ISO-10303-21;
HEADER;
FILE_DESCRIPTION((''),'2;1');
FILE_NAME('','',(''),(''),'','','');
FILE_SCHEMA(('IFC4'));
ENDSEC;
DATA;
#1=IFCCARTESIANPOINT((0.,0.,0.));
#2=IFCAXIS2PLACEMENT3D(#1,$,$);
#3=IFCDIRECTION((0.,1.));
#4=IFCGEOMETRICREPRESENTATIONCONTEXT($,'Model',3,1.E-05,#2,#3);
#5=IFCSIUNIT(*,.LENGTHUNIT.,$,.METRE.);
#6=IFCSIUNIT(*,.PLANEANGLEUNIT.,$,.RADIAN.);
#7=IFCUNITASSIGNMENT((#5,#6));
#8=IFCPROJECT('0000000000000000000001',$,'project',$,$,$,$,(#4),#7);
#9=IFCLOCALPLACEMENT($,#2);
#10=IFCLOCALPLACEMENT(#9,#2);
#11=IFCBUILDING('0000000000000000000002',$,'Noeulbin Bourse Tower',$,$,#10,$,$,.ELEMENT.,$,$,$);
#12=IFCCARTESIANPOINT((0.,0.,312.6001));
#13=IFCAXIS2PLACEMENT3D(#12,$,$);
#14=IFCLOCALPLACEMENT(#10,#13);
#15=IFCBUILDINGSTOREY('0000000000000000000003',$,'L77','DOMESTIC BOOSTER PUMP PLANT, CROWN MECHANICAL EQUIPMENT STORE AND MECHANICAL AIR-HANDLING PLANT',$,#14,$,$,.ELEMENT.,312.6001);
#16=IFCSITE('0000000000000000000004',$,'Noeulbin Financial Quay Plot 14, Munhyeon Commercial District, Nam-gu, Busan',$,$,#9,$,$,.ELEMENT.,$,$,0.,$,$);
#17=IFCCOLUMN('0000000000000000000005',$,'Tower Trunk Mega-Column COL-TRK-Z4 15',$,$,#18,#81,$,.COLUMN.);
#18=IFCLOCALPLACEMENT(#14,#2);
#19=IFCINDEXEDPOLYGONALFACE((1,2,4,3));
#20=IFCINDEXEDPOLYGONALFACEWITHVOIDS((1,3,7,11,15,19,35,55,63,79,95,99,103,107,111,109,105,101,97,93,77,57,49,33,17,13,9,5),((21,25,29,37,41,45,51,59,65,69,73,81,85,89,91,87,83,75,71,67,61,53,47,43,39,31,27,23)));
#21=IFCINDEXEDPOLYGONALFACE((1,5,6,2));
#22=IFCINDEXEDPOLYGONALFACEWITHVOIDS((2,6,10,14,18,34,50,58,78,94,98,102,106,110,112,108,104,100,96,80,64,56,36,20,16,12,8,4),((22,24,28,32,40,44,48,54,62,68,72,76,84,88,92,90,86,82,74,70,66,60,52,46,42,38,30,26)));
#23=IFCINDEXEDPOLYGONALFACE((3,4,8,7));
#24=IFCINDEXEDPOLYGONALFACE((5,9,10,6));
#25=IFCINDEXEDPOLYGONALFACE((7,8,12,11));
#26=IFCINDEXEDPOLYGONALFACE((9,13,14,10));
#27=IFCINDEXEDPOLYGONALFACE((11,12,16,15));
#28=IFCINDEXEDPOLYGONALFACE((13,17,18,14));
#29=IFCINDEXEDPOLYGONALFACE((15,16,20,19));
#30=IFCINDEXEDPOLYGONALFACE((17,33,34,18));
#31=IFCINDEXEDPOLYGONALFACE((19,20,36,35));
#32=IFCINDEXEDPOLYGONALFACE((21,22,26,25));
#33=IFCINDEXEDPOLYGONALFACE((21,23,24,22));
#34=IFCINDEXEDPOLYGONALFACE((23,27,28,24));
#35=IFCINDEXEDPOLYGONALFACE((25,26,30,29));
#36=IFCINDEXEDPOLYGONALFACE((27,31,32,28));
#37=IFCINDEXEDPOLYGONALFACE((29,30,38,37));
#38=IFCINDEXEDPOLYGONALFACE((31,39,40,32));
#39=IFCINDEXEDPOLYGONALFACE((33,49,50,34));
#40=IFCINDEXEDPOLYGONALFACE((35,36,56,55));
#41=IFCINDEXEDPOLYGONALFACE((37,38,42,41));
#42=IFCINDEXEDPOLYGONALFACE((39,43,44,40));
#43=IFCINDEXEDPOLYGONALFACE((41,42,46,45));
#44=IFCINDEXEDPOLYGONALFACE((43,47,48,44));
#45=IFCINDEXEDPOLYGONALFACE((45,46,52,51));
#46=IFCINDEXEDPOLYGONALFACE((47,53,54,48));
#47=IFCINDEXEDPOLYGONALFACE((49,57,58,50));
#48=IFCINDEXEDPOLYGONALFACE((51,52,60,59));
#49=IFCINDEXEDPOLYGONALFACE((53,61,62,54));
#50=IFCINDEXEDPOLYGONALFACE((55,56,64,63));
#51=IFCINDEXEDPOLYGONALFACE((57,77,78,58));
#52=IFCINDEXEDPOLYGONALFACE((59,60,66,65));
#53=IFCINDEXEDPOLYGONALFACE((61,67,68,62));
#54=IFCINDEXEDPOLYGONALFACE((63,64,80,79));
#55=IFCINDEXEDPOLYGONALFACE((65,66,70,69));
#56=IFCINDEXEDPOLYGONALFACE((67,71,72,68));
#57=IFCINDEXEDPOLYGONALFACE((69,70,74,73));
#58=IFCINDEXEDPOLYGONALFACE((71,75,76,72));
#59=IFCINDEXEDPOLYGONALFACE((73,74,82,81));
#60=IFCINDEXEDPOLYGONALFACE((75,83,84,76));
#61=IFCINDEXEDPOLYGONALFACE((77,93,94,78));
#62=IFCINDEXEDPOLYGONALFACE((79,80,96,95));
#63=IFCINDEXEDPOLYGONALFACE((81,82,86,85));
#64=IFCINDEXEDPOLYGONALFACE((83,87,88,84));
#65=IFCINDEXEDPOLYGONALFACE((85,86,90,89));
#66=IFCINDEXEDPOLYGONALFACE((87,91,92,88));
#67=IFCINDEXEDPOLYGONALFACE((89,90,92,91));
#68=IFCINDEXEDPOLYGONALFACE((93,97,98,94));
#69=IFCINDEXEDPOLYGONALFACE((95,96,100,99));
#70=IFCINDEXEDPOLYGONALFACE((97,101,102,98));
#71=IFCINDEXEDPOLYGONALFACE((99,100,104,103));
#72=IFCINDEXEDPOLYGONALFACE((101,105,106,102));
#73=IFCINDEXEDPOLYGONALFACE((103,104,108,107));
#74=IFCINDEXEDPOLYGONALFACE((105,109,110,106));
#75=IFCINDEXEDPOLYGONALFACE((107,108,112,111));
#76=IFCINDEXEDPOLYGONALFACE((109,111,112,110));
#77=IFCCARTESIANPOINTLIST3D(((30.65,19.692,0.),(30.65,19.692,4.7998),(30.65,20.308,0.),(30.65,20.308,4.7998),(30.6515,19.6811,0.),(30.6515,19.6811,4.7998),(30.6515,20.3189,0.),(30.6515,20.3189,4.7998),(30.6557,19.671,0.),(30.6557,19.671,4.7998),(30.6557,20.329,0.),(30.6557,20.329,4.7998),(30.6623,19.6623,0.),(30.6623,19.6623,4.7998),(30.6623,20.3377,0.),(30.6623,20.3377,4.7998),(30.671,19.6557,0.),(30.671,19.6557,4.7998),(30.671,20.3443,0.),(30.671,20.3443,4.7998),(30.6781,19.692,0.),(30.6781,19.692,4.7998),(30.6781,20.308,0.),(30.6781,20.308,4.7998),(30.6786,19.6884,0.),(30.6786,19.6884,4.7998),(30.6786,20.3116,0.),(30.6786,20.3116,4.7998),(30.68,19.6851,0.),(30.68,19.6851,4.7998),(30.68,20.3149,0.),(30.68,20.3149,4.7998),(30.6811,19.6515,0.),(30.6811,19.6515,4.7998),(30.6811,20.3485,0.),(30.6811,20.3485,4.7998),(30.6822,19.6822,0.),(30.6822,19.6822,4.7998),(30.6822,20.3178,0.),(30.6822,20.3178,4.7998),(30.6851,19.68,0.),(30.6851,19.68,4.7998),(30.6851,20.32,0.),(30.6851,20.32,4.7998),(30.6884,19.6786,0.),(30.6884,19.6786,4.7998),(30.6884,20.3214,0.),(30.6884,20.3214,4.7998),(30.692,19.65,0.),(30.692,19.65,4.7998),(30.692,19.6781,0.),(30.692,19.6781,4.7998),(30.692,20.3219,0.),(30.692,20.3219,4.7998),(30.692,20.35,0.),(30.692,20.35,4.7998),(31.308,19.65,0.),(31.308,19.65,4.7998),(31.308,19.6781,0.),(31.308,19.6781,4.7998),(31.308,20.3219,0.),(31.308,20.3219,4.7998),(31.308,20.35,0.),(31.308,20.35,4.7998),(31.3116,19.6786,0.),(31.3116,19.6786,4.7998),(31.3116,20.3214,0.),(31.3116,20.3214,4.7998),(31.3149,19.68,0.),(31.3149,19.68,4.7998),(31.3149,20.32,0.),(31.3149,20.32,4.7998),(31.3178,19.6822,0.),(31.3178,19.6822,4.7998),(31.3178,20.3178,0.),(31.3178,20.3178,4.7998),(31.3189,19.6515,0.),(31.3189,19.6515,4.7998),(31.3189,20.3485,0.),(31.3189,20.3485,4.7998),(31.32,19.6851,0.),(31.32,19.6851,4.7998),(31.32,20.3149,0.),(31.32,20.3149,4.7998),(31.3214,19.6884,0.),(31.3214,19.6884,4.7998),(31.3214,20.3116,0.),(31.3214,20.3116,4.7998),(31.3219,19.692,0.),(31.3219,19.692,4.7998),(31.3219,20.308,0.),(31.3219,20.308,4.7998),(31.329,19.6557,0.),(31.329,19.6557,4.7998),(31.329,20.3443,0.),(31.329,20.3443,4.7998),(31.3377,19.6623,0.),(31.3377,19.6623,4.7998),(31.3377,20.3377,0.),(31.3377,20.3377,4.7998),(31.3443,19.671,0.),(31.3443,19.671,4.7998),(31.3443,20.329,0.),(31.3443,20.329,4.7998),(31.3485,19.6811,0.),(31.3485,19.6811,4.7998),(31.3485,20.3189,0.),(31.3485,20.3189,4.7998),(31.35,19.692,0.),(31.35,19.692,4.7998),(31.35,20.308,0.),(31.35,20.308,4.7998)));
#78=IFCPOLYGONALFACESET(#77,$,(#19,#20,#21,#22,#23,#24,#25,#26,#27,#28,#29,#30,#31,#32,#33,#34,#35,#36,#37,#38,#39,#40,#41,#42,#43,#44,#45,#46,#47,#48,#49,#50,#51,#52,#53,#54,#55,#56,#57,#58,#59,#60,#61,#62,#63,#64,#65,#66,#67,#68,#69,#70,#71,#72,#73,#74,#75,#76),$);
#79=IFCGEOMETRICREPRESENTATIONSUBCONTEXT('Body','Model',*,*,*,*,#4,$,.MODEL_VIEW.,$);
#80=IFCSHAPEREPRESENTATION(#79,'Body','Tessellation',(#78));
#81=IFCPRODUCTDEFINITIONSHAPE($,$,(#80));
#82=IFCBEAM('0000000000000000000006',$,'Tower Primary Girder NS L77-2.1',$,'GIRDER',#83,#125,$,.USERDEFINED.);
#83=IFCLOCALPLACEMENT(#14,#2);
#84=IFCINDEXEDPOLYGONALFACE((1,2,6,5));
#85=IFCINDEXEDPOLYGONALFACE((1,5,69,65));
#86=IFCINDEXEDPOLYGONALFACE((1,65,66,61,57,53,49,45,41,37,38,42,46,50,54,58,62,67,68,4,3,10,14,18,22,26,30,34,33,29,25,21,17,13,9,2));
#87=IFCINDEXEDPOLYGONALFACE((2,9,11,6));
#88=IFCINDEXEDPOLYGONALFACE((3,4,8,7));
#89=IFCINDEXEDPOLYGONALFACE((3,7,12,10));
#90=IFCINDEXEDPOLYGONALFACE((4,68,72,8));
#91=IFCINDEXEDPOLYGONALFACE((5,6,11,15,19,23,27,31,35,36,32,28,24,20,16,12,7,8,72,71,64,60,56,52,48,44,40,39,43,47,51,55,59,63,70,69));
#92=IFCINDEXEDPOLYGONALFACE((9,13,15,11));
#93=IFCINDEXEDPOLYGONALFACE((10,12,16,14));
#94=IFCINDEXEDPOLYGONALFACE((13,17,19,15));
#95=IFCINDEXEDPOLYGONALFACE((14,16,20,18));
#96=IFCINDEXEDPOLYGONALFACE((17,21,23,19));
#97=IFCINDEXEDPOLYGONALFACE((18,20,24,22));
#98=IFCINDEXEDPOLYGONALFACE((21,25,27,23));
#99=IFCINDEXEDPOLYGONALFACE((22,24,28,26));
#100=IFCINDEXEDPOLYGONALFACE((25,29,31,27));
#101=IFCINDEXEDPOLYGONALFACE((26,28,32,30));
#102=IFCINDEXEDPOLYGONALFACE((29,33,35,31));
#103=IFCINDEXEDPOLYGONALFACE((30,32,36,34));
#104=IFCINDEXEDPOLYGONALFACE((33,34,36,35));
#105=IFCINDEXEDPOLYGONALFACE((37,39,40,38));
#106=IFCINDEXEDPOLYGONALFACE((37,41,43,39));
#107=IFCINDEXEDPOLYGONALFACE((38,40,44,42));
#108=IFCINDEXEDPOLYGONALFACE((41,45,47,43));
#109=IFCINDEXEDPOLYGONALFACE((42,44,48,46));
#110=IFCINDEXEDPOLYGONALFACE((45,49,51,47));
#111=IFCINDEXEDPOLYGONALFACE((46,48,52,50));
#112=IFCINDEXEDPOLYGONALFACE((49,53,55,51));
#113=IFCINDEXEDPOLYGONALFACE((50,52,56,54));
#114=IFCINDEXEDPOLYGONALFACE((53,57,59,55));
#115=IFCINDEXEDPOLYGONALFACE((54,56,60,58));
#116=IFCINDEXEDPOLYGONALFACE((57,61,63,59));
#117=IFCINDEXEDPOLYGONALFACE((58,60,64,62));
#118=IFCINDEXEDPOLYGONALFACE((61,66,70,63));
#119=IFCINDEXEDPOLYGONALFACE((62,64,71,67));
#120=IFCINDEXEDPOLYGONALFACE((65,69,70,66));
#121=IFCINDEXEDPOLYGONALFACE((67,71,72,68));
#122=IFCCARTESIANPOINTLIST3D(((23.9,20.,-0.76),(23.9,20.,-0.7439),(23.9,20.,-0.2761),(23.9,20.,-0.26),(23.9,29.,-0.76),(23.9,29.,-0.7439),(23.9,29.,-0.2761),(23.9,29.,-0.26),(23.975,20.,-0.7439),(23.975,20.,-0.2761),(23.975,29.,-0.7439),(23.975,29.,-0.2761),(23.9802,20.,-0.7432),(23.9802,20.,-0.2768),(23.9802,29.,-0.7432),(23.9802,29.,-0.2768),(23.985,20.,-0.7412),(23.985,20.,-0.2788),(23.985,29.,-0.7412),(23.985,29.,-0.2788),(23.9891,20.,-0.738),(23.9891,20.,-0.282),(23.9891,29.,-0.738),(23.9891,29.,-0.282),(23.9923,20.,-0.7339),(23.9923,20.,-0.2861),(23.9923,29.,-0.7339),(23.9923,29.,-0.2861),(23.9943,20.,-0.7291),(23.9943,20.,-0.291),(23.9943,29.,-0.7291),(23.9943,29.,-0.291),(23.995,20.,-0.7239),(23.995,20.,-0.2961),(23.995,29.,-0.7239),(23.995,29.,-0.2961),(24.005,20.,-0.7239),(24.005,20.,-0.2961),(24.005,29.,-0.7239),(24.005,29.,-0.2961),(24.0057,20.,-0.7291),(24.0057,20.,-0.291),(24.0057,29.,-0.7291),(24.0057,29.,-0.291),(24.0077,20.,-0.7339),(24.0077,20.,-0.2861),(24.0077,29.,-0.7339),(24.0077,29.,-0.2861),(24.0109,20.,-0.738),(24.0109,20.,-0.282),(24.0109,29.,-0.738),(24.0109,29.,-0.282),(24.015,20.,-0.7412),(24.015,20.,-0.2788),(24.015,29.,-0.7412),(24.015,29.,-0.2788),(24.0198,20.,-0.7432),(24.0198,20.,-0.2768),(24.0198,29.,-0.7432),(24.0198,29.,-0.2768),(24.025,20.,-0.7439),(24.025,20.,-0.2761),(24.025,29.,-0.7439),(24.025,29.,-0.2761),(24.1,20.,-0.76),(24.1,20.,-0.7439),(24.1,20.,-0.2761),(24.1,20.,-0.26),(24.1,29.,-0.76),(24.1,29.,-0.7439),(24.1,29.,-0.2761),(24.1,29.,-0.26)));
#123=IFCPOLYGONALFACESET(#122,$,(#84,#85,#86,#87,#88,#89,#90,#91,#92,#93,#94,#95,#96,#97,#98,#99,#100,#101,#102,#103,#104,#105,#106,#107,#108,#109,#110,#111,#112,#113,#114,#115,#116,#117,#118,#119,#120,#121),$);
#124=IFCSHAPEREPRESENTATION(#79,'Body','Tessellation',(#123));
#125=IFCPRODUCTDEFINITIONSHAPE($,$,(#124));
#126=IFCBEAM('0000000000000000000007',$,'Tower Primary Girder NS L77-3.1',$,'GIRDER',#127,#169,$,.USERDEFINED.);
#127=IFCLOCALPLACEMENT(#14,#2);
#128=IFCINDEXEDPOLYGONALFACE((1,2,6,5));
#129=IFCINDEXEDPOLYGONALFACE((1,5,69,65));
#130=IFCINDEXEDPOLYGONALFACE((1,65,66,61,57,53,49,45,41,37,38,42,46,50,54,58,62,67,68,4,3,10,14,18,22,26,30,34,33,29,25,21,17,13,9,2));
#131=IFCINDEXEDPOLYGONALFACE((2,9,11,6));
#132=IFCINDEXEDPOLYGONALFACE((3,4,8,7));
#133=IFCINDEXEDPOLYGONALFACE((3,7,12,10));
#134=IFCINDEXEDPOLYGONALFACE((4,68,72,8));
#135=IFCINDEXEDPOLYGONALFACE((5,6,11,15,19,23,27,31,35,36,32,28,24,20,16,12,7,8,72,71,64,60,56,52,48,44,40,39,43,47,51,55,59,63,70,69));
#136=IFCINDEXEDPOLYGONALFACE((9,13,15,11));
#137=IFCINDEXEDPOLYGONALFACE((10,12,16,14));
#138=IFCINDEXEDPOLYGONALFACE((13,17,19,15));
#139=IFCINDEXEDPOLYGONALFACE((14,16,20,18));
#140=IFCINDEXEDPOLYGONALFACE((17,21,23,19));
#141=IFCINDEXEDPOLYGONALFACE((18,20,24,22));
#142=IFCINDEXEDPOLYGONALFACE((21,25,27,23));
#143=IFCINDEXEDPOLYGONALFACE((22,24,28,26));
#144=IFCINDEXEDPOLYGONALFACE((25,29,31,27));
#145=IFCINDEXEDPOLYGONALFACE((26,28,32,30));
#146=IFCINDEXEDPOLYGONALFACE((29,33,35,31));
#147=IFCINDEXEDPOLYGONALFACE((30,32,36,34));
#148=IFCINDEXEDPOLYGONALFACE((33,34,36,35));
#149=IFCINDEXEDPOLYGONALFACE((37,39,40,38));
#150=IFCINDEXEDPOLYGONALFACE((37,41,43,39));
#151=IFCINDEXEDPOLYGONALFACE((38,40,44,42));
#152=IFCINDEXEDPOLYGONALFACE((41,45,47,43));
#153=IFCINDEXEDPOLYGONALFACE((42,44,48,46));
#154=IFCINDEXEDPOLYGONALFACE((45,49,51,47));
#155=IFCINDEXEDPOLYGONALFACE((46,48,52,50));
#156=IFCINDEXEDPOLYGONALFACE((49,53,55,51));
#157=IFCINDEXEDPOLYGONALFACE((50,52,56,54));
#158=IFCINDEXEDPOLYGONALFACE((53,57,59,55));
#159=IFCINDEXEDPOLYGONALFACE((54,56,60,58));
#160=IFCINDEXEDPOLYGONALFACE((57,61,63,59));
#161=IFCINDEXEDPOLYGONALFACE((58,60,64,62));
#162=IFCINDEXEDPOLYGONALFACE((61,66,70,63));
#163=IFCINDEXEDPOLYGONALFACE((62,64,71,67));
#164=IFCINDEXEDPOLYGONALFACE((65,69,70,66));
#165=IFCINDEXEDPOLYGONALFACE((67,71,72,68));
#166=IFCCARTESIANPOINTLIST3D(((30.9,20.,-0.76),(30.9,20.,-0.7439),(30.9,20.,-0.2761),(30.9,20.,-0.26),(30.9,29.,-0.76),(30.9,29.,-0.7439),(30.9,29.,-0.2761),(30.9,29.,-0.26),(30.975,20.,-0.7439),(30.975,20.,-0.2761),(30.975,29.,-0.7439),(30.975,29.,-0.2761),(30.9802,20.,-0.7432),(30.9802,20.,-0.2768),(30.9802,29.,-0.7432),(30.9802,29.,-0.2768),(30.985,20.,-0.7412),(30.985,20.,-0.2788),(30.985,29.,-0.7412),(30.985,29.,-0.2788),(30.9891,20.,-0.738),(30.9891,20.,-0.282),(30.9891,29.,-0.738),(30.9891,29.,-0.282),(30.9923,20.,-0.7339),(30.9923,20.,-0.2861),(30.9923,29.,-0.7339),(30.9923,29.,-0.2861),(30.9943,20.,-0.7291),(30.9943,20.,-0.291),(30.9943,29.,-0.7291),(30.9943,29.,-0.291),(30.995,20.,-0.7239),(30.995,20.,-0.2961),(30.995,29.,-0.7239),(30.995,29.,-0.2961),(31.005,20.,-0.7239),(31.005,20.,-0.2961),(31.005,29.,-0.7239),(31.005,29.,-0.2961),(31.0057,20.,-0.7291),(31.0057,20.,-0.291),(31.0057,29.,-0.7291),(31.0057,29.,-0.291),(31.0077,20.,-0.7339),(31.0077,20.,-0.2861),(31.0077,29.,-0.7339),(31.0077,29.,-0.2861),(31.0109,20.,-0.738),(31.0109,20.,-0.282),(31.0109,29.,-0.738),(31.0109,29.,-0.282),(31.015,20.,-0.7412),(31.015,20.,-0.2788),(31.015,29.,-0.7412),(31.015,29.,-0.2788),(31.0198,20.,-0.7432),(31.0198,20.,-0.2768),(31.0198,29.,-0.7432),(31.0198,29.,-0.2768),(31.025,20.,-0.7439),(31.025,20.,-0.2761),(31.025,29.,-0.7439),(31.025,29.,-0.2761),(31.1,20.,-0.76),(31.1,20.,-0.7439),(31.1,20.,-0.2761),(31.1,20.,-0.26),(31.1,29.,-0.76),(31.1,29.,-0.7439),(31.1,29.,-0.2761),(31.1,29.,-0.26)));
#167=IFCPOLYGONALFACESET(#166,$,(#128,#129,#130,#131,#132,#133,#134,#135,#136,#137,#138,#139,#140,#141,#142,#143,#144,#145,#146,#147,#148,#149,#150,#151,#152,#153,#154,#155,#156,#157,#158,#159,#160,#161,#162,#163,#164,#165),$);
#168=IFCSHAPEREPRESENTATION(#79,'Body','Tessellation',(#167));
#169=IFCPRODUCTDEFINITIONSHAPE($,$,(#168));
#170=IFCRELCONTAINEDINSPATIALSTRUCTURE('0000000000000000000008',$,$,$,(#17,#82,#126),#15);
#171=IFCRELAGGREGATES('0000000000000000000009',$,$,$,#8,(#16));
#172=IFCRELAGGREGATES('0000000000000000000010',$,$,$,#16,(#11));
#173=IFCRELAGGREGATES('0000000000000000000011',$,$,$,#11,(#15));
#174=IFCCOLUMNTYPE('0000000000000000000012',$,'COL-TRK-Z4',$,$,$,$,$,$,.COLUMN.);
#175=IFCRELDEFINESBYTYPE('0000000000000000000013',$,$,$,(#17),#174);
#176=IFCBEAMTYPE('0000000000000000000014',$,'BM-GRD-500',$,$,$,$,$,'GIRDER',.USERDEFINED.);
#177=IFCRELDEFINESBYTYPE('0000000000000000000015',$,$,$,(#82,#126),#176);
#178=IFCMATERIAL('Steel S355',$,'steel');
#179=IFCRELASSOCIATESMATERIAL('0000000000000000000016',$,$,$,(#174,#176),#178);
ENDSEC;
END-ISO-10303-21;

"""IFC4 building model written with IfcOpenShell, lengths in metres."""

from ifc_helpers import new_model, si_unit, direction, frame, origin, origin_2d, place, context, subcontext, project, spatial, hollow_rectangle, i_section, extrude, material, material_profile, profile_set, type_object, element, save


model = new_model("IFC4")

# Units and contexts
model_context = context("Model", 3, precision=1e-05, world=origin(), true_north=direction((0.0, 1.0)))
body_context = subcontext(model_context, "Body", "Model", "MODEL_VIEW")
ifc_project = project(units=[si_unit("LENGTHUNIT", "METRE"), si_unit("PLANEANGLEUNIT", "RADIAN")], contexts=[model_context])

# Site, building, storey
site_placement = place(None, origin())
site = spatial("IfcSite", under=ifc_project, at=site_placement, Name="Noeulbin Financial Quay Plot 14, Munhyeon Commercial District, Nam-gu, Busan", CompositionType="ELEMENT", RefElevation=0.0)
building_placement = place(site_placement, origin())
building = spatial("IfcBuilding", under=site, at=building_placement, Name="Noeulbin Bourse Tower", CompositionType="ELEMENT")
storey_placement = place(building_placement, frame((0.0, 0.0, 312.6001)))
storey = spatial("IfcBuildingStorey", under=building, at=storey_placement, Name="L77", Description="DOMESTIC BOOSTER PUMP PLANT, CROWN MECHANICAL EQUIPMENT STORE AND MECHANICAL AIR-HANDLING PLANT", CompositionType="ELEMENT", Elevation=312.6001)

# Column
ifc_material_1 = material(Name="Steel S355", Category="steel")
ifc_material_profile_1 = material_profile(ifc_material_1, hollow_rectangle(XDim=0.7, YDim=0.7, WallThickness=0.0281, InnerFilletRadius=0.0139, OuterFilletRadius=0.042, at=origin_2d()), Name="BOX-700x700x28", Category="LoadBearing")
ifc_profile_set_1 = profile_set([ifc_material_profile_1], Name="Steel S355")
column_type = type_object("IfcColumnType", Name="COL-TRK-Z4", PredefinedType="COLUMN", material=ifc_profile_set_1)
for number, where, z_axis, x_axis, name in (
    (1, (31.0, 20.0, 0.0), (0.0, 0.0, 1.0), (1.0, 0.0, 0.0), "Tower Trunk Mega-Column COL-TRK-Z4 15"),
):
    element("IfcColumn", number, at=place(storey_placement, frame(where, z_axis=z_axis, x_axis=x_axis)), inside=storey, type_object=column_type, Name=name, PredefinedType="COLUMN", context=body_context, shape_type="SweptSolid", body=[
        extrude(hollow_rectangle(XDim=0.7, YDim=0.7, WallThickness=0.0281, InnerFilletRadius=0.0139, OuterFilletRadius=0.042, at=origin_2d()), origin(), (0.0, 0.0, 1.0), 4.7998),
    ])

# Beams
ifc_material_profile_2 = material_profile(ifc_material_1, i_section(OverallWidth=0.2, OverallDepth=0.5, WebThickness=0.01, FlangeThickness=0.0161, FilletRadius=0.02, at=origin_2d()), Name="H-500x200x10x16", Category="LoadBearing")
ifc_profile_set_2 = profile_set([ifc_material_profile_2], Name="Steel S355")
beam_type_1 = type_object("IfcBeamType", Name="BM-GRD-500", ElementType="GIRDER", PredefinedType="USERDEFINED", material=ifc_profile_set_2)
for number, where, z_axis, x_axis, name in (
    (2, (24.0, 20.0, -0.51), (0.0, 1.0, 0.0), (-1.0, 0.0, 0.0), "Tower Primary Girder NS L77-2.1"),
    (3, (31.0, 20.0, -0.51), (0.0, 1.0, 0.0), (-1.0, 0.0, 0.0), "Tower Primary Girder NS L77-3.1"),
):
    element("IfcBeam", number, at=place(storey_placement, frame(where, z_axis=z_axis, x_axis=x_axis)), inside=storey, type_object=beam_type_1, Name=name, ObjectType="GIRDER", PredefinedType="USERDEFINED", context=body_context, shape_type="SweptSolid", body=[
        extrude(i_section(OverallWidth=0.2, OverallDepth=0.5, WebThickness=0.01, FlangeThickness=0.0161, FilletRadius=0.02, at=origin_2d()), origin(), (0.0, 0.0, 1.0), 9.0),
    ])

save(model, "model.ifc")
